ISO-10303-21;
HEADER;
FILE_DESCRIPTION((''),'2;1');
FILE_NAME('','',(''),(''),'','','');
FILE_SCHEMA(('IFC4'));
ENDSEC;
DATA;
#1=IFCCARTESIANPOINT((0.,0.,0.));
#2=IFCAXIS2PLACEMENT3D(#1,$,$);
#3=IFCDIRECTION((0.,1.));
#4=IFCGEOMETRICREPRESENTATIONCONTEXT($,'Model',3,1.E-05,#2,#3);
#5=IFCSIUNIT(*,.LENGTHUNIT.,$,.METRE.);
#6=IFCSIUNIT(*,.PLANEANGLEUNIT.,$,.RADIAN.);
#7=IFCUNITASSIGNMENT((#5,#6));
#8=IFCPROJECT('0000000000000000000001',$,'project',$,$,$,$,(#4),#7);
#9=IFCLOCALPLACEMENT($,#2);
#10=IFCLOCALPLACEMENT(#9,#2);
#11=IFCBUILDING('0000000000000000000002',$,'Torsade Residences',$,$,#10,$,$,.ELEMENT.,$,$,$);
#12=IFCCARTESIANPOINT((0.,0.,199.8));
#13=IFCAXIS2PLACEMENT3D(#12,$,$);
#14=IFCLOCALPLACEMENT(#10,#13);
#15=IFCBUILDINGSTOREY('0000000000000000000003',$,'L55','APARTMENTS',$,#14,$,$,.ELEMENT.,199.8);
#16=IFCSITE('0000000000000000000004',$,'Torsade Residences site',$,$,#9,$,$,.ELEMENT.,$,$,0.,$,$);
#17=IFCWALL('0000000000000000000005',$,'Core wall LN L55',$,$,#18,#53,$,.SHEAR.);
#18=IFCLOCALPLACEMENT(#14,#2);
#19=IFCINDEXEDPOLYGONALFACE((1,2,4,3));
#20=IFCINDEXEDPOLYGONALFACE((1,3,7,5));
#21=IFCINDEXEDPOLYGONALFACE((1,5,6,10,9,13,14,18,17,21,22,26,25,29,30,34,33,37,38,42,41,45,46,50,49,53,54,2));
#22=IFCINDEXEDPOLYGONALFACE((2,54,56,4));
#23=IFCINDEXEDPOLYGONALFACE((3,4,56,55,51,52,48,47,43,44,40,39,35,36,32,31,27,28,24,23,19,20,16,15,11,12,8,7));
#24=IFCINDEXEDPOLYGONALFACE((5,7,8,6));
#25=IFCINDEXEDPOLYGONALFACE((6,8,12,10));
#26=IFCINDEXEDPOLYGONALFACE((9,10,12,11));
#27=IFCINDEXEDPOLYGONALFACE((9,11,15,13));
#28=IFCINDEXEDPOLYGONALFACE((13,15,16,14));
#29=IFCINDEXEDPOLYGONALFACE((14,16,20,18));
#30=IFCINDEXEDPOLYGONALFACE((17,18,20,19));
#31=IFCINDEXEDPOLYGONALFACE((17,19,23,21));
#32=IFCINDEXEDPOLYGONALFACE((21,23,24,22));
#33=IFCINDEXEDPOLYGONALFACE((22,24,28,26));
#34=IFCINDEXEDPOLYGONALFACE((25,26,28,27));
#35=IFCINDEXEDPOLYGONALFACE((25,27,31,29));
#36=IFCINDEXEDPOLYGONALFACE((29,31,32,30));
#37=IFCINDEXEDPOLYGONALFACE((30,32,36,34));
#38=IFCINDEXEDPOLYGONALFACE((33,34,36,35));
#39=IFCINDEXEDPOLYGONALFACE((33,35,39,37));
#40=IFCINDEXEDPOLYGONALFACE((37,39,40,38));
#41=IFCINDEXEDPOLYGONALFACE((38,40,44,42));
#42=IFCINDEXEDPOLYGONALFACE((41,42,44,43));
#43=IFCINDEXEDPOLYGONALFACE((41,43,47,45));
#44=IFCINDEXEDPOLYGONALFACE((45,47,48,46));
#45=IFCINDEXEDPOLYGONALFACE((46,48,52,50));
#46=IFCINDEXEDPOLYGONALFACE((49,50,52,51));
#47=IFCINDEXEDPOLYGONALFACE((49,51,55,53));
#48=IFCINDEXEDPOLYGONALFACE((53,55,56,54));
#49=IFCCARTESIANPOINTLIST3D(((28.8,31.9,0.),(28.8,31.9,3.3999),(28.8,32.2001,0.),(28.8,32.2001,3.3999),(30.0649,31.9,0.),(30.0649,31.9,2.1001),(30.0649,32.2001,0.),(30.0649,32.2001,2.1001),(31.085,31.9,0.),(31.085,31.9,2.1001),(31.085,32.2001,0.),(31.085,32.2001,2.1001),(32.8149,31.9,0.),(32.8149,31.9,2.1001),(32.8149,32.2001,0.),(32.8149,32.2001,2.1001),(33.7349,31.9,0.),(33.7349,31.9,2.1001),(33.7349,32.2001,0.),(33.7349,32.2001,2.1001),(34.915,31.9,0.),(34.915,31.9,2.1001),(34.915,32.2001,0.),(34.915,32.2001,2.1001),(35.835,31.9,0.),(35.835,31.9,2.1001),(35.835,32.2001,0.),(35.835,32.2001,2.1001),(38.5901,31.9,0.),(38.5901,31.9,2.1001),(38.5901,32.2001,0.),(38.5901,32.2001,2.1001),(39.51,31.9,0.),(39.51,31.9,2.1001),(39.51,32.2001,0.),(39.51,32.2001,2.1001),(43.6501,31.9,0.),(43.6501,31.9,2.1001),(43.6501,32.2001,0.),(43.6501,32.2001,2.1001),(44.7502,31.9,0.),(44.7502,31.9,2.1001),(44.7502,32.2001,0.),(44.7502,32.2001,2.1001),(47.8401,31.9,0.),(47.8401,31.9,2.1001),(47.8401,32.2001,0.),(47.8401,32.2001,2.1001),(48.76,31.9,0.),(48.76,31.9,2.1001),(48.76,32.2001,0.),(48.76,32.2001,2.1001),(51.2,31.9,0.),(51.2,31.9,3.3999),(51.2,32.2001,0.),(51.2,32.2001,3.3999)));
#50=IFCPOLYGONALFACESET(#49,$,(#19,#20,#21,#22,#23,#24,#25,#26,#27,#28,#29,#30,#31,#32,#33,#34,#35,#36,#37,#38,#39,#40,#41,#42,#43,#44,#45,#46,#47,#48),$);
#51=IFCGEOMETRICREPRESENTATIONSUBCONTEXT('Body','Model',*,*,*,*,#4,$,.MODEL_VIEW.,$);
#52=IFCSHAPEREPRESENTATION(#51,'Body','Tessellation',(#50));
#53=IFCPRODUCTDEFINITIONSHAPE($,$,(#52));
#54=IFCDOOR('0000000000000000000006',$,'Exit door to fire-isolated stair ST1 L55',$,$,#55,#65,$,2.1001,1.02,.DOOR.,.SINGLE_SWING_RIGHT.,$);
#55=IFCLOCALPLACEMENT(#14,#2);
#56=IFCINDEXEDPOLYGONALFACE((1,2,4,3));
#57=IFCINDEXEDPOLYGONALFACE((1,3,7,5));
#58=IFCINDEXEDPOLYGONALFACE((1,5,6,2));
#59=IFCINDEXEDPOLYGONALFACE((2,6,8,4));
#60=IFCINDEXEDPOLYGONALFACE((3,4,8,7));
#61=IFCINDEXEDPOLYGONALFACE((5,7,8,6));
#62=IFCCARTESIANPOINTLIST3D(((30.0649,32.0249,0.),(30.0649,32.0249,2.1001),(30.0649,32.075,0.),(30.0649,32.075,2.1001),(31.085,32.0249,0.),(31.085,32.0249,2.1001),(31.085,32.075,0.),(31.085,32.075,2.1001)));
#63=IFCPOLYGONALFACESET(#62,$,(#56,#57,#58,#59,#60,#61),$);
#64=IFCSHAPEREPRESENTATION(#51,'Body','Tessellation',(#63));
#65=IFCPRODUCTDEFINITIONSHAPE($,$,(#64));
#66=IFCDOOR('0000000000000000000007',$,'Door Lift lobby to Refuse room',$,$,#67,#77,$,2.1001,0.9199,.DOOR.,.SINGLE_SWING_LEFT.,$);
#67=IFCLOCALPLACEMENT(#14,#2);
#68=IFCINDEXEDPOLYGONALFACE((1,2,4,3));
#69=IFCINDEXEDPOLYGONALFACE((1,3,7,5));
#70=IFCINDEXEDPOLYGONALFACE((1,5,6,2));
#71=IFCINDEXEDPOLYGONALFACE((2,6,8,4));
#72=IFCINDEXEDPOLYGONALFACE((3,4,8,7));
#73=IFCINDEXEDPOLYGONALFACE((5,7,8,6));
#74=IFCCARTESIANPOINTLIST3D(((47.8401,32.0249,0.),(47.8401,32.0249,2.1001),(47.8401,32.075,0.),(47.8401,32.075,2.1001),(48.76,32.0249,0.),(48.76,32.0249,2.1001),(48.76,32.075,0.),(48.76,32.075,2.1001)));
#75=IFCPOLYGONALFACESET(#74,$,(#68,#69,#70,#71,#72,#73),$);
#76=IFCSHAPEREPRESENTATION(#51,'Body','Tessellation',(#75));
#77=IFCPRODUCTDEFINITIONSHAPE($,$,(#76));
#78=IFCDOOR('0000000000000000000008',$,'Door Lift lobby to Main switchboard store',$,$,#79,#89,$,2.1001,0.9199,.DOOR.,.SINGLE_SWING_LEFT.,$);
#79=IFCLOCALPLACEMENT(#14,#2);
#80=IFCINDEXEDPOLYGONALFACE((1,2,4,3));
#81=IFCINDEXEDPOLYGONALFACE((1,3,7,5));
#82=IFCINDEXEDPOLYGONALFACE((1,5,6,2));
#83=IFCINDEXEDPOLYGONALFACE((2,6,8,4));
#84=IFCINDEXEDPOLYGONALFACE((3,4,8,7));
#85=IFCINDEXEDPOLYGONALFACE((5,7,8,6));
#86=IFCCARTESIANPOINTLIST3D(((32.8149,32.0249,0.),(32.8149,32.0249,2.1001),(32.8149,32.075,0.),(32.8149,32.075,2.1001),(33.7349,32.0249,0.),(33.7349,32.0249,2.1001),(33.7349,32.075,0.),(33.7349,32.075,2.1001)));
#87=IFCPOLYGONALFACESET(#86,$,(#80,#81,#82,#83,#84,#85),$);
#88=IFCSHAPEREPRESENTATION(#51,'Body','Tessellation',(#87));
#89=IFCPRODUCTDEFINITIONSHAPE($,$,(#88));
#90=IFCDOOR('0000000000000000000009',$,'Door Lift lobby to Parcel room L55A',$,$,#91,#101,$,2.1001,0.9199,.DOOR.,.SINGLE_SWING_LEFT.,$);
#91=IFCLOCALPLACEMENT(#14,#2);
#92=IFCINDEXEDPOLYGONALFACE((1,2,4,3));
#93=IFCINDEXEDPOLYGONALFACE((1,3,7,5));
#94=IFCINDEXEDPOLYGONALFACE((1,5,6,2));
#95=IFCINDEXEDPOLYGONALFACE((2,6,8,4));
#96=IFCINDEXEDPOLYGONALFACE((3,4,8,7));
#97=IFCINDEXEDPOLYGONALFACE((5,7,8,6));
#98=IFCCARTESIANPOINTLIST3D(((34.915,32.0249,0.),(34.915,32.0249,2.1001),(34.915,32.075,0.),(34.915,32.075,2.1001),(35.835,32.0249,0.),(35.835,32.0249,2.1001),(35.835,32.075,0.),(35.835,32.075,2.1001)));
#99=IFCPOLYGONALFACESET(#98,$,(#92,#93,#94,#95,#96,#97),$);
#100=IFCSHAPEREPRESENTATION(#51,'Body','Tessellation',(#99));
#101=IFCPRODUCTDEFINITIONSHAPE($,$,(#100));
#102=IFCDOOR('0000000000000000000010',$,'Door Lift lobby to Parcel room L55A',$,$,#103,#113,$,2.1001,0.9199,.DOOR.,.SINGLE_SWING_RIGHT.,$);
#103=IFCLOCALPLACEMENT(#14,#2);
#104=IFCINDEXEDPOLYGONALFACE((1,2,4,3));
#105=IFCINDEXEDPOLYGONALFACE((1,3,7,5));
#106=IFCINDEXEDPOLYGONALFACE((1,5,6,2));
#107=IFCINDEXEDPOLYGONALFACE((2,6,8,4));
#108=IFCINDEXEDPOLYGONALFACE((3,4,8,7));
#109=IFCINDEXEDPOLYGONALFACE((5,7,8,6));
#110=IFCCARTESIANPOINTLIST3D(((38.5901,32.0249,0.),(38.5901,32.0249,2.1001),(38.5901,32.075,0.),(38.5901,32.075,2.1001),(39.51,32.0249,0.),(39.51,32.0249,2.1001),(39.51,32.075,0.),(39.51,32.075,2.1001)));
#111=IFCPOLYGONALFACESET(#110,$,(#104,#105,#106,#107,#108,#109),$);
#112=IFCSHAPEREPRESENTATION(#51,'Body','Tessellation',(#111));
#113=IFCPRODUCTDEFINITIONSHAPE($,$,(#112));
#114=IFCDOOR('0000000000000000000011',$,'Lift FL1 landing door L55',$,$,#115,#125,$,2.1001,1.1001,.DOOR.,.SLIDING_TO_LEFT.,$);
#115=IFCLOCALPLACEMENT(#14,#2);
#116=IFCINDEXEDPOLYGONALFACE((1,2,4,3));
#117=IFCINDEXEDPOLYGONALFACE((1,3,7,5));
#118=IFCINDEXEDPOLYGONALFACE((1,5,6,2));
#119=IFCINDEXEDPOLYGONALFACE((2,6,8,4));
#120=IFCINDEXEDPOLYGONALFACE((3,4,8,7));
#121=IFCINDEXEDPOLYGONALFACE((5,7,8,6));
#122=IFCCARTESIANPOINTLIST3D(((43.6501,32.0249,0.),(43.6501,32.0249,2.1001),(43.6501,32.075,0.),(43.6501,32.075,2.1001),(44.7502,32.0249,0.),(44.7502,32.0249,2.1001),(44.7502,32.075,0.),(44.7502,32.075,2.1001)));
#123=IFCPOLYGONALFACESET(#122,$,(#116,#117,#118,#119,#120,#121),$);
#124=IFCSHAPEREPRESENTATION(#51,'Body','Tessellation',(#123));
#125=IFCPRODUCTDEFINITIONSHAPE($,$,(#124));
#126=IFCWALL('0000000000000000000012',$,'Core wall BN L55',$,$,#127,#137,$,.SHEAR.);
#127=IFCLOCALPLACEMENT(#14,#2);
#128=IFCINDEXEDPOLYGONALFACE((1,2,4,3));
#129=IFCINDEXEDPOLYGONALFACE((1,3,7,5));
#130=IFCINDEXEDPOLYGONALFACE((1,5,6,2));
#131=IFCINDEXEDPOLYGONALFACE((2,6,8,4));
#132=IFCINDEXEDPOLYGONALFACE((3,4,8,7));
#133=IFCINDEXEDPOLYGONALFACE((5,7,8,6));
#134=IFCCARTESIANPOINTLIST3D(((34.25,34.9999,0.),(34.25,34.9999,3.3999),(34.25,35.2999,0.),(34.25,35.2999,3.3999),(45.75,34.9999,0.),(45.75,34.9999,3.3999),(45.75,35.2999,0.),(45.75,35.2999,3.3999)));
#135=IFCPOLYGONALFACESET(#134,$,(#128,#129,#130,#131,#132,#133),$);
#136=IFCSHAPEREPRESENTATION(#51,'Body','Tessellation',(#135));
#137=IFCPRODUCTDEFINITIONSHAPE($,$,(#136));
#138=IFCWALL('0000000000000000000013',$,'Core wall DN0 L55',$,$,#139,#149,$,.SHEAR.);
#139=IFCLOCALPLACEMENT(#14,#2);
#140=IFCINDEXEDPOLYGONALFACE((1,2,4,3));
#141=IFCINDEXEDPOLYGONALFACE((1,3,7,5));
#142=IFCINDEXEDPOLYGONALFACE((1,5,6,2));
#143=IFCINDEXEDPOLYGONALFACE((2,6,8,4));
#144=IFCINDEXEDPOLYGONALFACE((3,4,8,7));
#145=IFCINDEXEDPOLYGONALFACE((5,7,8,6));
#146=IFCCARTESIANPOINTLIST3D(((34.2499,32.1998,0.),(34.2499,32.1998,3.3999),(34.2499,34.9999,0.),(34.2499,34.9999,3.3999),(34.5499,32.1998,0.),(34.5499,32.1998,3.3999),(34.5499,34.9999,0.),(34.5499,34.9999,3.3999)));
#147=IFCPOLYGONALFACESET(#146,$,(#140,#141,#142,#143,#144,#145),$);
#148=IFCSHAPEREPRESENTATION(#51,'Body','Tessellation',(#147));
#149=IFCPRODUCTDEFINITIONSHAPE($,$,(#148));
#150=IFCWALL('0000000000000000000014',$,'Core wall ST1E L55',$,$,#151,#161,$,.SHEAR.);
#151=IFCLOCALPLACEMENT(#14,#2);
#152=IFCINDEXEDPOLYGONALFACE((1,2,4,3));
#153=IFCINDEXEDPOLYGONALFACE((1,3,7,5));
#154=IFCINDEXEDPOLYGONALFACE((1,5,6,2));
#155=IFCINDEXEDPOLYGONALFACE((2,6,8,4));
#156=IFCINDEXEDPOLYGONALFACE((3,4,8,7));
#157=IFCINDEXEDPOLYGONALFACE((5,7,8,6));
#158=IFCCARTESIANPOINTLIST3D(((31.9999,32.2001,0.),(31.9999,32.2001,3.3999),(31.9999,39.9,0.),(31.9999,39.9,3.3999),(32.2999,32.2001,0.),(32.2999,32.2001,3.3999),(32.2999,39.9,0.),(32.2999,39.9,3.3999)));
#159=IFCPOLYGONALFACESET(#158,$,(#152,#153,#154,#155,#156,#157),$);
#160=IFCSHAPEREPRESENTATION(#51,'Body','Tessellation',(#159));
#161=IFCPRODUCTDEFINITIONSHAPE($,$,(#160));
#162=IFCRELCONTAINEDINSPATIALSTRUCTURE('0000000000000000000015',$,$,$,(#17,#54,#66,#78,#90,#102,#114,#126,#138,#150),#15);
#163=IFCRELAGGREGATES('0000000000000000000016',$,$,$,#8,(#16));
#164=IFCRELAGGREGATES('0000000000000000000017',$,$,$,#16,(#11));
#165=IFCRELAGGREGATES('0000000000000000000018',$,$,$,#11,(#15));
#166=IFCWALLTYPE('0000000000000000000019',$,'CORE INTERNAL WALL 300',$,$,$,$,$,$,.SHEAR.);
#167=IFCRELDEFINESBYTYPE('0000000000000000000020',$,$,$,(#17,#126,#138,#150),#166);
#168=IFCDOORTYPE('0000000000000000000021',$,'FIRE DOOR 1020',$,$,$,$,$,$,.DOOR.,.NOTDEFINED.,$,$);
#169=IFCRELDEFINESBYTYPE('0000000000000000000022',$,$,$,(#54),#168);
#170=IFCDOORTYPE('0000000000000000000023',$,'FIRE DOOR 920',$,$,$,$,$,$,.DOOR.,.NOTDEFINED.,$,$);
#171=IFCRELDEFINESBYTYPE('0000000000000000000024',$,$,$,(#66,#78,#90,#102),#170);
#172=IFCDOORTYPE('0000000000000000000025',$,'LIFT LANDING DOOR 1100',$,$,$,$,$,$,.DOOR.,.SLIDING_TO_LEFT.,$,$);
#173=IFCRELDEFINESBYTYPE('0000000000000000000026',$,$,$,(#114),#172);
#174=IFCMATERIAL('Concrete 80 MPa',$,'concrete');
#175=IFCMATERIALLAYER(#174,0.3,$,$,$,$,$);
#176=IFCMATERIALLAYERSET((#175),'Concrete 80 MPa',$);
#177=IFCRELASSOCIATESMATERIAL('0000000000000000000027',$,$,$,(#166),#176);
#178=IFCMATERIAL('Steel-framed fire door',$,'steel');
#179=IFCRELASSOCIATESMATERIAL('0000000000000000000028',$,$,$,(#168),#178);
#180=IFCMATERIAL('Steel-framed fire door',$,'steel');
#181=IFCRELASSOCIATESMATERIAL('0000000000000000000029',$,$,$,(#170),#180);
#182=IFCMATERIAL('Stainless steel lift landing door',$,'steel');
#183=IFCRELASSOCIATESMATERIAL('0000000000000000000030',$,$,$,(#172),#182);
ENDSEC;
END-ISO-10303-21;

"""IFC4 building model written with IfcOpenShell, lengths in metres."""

from ifc_helpers import new_model, si_unit, direction, frame, frame_2d, origin, place, context, subcontext, project, spatial, rectangle, extrude, material, layer, layer_set, type_object, element, fill, save


model = new_model("IFC4")

# Units and contexts
model_context = context("Model", 3, precision=1e-05, world=origin(), true_north=direction((0.0, 1.0)))
body_context = subcontext(model_context, "Body", "Model", "MODEL_VIEW")
ifc_project = project(units=[si_unit("LENGTHUNIT", "METRE"), si_unit("PLANEANGLEUNIT", "RADIAN")], contexts=[model_context])

# Site, building, storey
site_placement = place(None, origin())
site = spatial("IfcSite", under=ifc_project, at=site_placement, Name="Torsade Residences site", CompositionType="ELEMENT", RefElevation=0.0)
building_placement = place(site_placement, origin())
building = spatial("IfcBuilding", under=site, at=building_placement, Name="Torsade Residences", CompositionType="ELEMENT")
storey_placement = place(building_placement, frame((0.0, 0.0, 199.8)))
storey = spatial("IfcBuildingStorey", under=building, at=storey_placement, Name="L55", Description="APARTMENTS", CompositionType="ELEMENT", Elevation=199.8)

# Wall, openings, doors
ifc_material_1 = material(Name="Concrete 80 MPa", Category="concrete")
ifc_layer_1 = layer(ifc_material_1, 0.3)
ifc_layer_set_1 = layer_set([ifc_layer_1], Name="Concrete 80 MPa")
wall_type_1 = type_object("IfcWallType", Name="CORE INTERNAL WALL 300", PredefinedType="SHEAR", material=ifc_layer_set_1)
wall_1_placement = place(storey_placement, frame((28.8, 32.05, 0.0), z_axis=(0.0, 0.0, 1.0), x_axis=(1.0, 0.0, 0.0)))
wall_1 = element("IfcWall", 1, at=wall_1_placement, inside=storey, type_object=wall_type_1, Name="Core wall LN L55", PredefinedType="SHEAR", context=body_context, shape_type="SweptSolid", body=[
    extrude(rectangle(XDim=22.3999, YDim=0.3, at=frame_2d((11.2, 0.0))), origin(), (0.0, 0.0, 1.0), 3.3999),
])
opening_1_placement = place(wall_1_placement, frame((19.04, 0.0, 0.0)))
opening_1 = element("IfcOpeningElement", 2, at=opening_1_placement, cuts=wall_1, PredefinedType="OPENING", context=body_context, shape_type="SweptSolid", body=[
    extrude(rectangle(XDim=0.9199, YDim=2.1001, at=frame_2d((0.46, 1.05))), frame((0.0, 0.1599, 0.0), z_axis=(0.0, -1.0, 0.0), x_axis=(1.0, 0.0, 0.0)), (0.0, 0.0, 1.0), 0.3201),
])
opening_2_placement = place(wall_1_placement, frame((1.2649, 0.0, 0.0)))
opening_2 = element("IfcOpeningElement", 3, at=opening_2_placement, cuts=wall_1, PredefinedType="OPENING", context=body_context, shape_type="SweptSolid", body=[
    extrude(rectangle(XDim=1.02, YDim=2.1001, at=frame_2d((0.51, 1.05))), frame((0.0, 0.1599, 0.0), z_axis=(0.0, -1.0, 0.0), x_axis=(1.0, 0.0, 0.0)), (0.0, 0.0, 1.0), 0.3201),
])
opening_3_placement = place(wall_1_placement, frame((4.0149, 0.0, 0.0)))
opening_3 = element("IfcOpeningElement", 4, at=opening_3_placement, cuts=wall_1, PredefinedType="OPENING", context=body_context, shape_type="SweptSolid", body=[
    extrude(rectangle(XDim=0.9199, YDim=2.1001, at=frame_2d((0.46, 1.05))), frame((0.0, 0.1599, 0.0), z_axis=(0.0, -1.0, 0.0), x_axis=(1.0, 0.0, 0.0)), (0.0, 0.0, 1.0), 0.3201),
])
opening_4_placement = place(wall_1_placement, frame((6.115, 0.0, 0.0)))
opening_4 = element("IfcOpeningElement", 5, at=opening_4_placement, cuts=wall_1, PredefinedType="OPENING", context=body_context, shape_type="SweptSolid", body=[
    extrude(rectangle(XDim=0.9199, YDim=2.1001, at=frame_2d((0.46, 1.05))), frame((0.0, 0.1599, 0.0), z_axis=(0.0, -1.0, 0.0), x_axis=(1.0, 0.0, 0.0)), (0.0, 0.0, 1.0), 0.3201),
])
opening_5_placement = place(wall_1_placement, frame((9.79, 0.0, 0.0)))
opening_5 = element("IfcOpeningElement", 6, at=opening_5_placement, cuts=wall_1, PredefinedType="OPENING", context=body_context, shape_type="SweptSolid", body=[
    extrude(rectangle(XDim=0.9199, YDim=2.1001, at=frame_2d((0.46, 1.05))), frame((0.0, 0.1599, 0.0), z_axis=(0.0, -1.0, 0.0), x_axis=(1.0, 0.0, 0.0)), (0.0, 0.0, 1.0), 0.3201),
])
opening_6_placement = place(wall_1_placement, frame((14.8501, 0.0, 0.0)))
opening_6 = element("IfcOpeningElement", 7, at=opening_6_placement, cuts=wall_1, PredefinedType="OPENING", context=body_context, shape_type="SweptSolid", body=[
    extrude(rectangle(XDim=1.1001, YDim=2.1001, at=frame_2d((0.55, 1.05))), frame((0.0, 0.1599, 0.0), z_axis=(0.0, -1.0, 0.0), x_axis=(1.0, 0.0, 0.0)), (0.0, 0.0, 1.0), 0.3201),
])
ifc_material_2 = material(Name="Steel-framed fire door", Category="steel")
door_type_1 = type_object("IfcDoorType", Name="FIRE DOOR 1020", OperationType="NOTDEFINED", PredefinedType="DOOR", material=ifc_material_2)
door_1_placement = place(opening_2_placement, origin())
door_1 = element("IfcDoor", 8, at=door_1_placement, inside=storey, type_object=door_type_1, Name="Exit door to fire-isolated stair ST1 L55", OperationType="SINGLE_SWING_RIGHT", OverallHeight=2.1001, OverallWidth=1.02, PredefinedType="DOOR", context=body_context, shape_type="SweptSolid", body=[
    extrude(rectangle(XDim=1.02, YDim=2.1001, at=frame_2d((0.51, 1.05))), frame((0.0, 0.0249, 0.0), z_axis=(0.0, -1.0, 0.0), x_axis=(1.0, 0.0, 0.0)), (0.0, 0.0, 1.0), 0.05),
])
fill(opening_2, door_1)
ifc_material_3 = material(Name="Steel-framed fire door", Category="steel")
door_type_2 = type_object("IfcDoorType", Name="FIRE DOOR 920", OperationType="NOTDEFINED", PredefinedType="DOOR", material=ifc_material_3)
door_2_placement = place(opening_1_placement, origin())
door_2 = element("IfcDoor", 9, at=door_2_placement, inside=storey, type_object=door_type_2, Name="Door Lift lobby to Refuse room", OperationType="SINGLE_SWING_LEFT", OverallHeight=2.1001, OverallWidth=0.9199, PredefinedType="DOOR", context=body_context, shape_type="SweptSolid", body=[
    extrude(rectangle(XDim=0.9199, YDim=2.1001, at=frame_2d((0.46, 1.05))), frame((0.0, 0.0249, 0.0), z_axis=(0.0, -1.0, 0.0), x_axis=(1.0, 0.0, 0.0)), (0.0, 0.0, 1.0), 0.05),
])
fill(opening_1, door_2)
door_3_placement = place(opening_3_placement, origin())
door_3 = element("IfcDoor", 10, at=door_3_placement, inside=storey, type_object=door_type_2, Name="Door Lift lobby to Main switchboard store", OperationType="SINGLE_SWING_LEFT", OverallHeight=2.1001, OverallWidth=0.9199, PredefinedType="DOOR", context=body_context, shape_type="SweptSolid", body=[
    extrude(rectangle(XDim=0.9199, YDim=2.1001, at=frame_2d((0.46, 1.05))), frame((0.0, 0.0249, 0.0), z_axis=(0.0, -1.0, 0.0), x_axis=(1.0, 0.0, 0.0)), (0.0, 0.0, 1.0), 0.05),
])
fill(opening_3, door_3)
door_4_placement = place(opening_4_placement, origin())
door_4 = element("IfcDoor", 11, at=door_4_placement, inside=storey, type_object=door_type_2, Name="Door Lift lobby to Parcel room L55A", OperationType="SINGLE_SWING_LEFT", OverallHeight=2.1001, OverallWidth=0.9199, PredefinedType="DOOR", context=body_context, shape_type="SweptSolid", body=[
    extrude(rectangle(XDim=0.9199, YDim=2.1001, at=frame_2d((0.46, 1.05))), frame((0.0, 0.0249, 0.0), z_axis=(0.0, -1.0, 0.0), x_axis=(1.0, 0.0, 0.0)), (0.0, 0.0, 1.0), 0.05),
])
fill(opening_4, door_4)
door_5_placement = place(opening_5_placement, origin())
door_5 = element("IfcDoor", 12, at=door_5_placement, inside=storey, type_object=door_type_2, Name="Door Lift lobby to Parcel room L55A", OperationType="SINGLE_SWING_RIGHT", OverallHeight=2.1001, OverallWidth=0.9199, PredefinedType="DOOR", context=body_context, shape_type="SweptSolid", body=[
    extrude(rectangle(XDim=0.9199, YDim=2.1001, at=frame_2d((0.46, 1.05))), frame((0.0, 0.0249, 0.0), z_axis=(0.0, -1.0, 0.0), x_axis=(1.0, 0.0, 0.0)), (0.0, 0.0, 1.0), 0.05),
])
fill(opening_5, door_5)
ifc_material_4 = material(Name="Stainless steel lift landing door", Category="steel")
door_type_3 = type_object("IfcDoorType", Name="LIFT LANDING DOOR 1100", OperationType="SLIDING_TO_LEFT", PredefinedType="DOOR", material=ifc_material_4)
door_6_placement = place(opening_6_placement, origin())
door_6 = element("IfcDoor", 13, at=door_6_placement, inside=storey, type_object=door_type_3, Name="Lift FL1 landing door L55", OperationType="SLIDING_TO_LEFT", OverallHeight=2.1001, OverallWidth=1.1001, PredefinedType="DOOR", context=body_context, shape_type="SweptSolid", body=[
    extrude(rectangle(XDim=1.1001, YDim=2.1001, at=frame_2d((0.55, 1.05))), frame((0.0, 0.0249, 0.0), z_axis=(0.0, -1.0, 0.0), x_axis=(1.0, 0.0, 0.0)), (0.0, 0.0, 1.0), 0.05),
])
fill(opening_6, door_6)

# Walls
wall_2_placement = place(storey_placement, frame((34.25, 35.1499, 0.0), z_axis=(0.0, 0.0, 1.0), x_axis=(1.0, 0.0, 0.0)))
element("IfcWall", 14, at=wall_2_placement, inside=storey, type_object=wall_type_1, Name="Core wall BN L55", PredefinedType="SHEAR", context=body_context, shape_type="SweptSolid", body=[
    extrude(rectangle(XDim=11.5, YDim=0.3, at=frame_2d((5.75, 0.0))), origin(), (0.0, 0.0, 1.0), 3.3999),
])
wall_3_placement = place(storey_placement, frame((34.3999, 32.2, 0.0), z_axis=(0.0, 0.0, 1.0), x_axis=(0.0, 1.0, 0.0)))
element("IfcWall", 15, at=wall_3_placement, inside=storey, type_object=wall_type_1, Name="Core wall DN0 L55", PredefinedType="SHEAR", context=body_context, shape_type="SweptSolid", body=[
    extrude(rectangle(XDim=2.8, YDim=0.3, at=frame_2d((1.3999, 0.0))), origin(), (0.0, 0.0, 1.0), 3.3999),
])
wall_4_placement = place(storey_placement, frame((32.1499, 32.2, 0.0), z_axis=(0.0, 0.0, 1.0), x_axis=(0.0, 1.0, 0.0)))
element("IfcWall", 16, at=wall_4_placement, inside=storey, type_object=wall_type_1, Name="Core wall ST1E L55", PredefinedType="SHEAR", context=body_context, shape_type="SweptSolid", body=[
    extrude(rectangle(XDim=7.7, YDim=0.3, at=frame_2d((3.8501, 0.0))), origin(), (0.0, 0.0, 1.0), 3.3999),
])

save(model, "model.ifc")
